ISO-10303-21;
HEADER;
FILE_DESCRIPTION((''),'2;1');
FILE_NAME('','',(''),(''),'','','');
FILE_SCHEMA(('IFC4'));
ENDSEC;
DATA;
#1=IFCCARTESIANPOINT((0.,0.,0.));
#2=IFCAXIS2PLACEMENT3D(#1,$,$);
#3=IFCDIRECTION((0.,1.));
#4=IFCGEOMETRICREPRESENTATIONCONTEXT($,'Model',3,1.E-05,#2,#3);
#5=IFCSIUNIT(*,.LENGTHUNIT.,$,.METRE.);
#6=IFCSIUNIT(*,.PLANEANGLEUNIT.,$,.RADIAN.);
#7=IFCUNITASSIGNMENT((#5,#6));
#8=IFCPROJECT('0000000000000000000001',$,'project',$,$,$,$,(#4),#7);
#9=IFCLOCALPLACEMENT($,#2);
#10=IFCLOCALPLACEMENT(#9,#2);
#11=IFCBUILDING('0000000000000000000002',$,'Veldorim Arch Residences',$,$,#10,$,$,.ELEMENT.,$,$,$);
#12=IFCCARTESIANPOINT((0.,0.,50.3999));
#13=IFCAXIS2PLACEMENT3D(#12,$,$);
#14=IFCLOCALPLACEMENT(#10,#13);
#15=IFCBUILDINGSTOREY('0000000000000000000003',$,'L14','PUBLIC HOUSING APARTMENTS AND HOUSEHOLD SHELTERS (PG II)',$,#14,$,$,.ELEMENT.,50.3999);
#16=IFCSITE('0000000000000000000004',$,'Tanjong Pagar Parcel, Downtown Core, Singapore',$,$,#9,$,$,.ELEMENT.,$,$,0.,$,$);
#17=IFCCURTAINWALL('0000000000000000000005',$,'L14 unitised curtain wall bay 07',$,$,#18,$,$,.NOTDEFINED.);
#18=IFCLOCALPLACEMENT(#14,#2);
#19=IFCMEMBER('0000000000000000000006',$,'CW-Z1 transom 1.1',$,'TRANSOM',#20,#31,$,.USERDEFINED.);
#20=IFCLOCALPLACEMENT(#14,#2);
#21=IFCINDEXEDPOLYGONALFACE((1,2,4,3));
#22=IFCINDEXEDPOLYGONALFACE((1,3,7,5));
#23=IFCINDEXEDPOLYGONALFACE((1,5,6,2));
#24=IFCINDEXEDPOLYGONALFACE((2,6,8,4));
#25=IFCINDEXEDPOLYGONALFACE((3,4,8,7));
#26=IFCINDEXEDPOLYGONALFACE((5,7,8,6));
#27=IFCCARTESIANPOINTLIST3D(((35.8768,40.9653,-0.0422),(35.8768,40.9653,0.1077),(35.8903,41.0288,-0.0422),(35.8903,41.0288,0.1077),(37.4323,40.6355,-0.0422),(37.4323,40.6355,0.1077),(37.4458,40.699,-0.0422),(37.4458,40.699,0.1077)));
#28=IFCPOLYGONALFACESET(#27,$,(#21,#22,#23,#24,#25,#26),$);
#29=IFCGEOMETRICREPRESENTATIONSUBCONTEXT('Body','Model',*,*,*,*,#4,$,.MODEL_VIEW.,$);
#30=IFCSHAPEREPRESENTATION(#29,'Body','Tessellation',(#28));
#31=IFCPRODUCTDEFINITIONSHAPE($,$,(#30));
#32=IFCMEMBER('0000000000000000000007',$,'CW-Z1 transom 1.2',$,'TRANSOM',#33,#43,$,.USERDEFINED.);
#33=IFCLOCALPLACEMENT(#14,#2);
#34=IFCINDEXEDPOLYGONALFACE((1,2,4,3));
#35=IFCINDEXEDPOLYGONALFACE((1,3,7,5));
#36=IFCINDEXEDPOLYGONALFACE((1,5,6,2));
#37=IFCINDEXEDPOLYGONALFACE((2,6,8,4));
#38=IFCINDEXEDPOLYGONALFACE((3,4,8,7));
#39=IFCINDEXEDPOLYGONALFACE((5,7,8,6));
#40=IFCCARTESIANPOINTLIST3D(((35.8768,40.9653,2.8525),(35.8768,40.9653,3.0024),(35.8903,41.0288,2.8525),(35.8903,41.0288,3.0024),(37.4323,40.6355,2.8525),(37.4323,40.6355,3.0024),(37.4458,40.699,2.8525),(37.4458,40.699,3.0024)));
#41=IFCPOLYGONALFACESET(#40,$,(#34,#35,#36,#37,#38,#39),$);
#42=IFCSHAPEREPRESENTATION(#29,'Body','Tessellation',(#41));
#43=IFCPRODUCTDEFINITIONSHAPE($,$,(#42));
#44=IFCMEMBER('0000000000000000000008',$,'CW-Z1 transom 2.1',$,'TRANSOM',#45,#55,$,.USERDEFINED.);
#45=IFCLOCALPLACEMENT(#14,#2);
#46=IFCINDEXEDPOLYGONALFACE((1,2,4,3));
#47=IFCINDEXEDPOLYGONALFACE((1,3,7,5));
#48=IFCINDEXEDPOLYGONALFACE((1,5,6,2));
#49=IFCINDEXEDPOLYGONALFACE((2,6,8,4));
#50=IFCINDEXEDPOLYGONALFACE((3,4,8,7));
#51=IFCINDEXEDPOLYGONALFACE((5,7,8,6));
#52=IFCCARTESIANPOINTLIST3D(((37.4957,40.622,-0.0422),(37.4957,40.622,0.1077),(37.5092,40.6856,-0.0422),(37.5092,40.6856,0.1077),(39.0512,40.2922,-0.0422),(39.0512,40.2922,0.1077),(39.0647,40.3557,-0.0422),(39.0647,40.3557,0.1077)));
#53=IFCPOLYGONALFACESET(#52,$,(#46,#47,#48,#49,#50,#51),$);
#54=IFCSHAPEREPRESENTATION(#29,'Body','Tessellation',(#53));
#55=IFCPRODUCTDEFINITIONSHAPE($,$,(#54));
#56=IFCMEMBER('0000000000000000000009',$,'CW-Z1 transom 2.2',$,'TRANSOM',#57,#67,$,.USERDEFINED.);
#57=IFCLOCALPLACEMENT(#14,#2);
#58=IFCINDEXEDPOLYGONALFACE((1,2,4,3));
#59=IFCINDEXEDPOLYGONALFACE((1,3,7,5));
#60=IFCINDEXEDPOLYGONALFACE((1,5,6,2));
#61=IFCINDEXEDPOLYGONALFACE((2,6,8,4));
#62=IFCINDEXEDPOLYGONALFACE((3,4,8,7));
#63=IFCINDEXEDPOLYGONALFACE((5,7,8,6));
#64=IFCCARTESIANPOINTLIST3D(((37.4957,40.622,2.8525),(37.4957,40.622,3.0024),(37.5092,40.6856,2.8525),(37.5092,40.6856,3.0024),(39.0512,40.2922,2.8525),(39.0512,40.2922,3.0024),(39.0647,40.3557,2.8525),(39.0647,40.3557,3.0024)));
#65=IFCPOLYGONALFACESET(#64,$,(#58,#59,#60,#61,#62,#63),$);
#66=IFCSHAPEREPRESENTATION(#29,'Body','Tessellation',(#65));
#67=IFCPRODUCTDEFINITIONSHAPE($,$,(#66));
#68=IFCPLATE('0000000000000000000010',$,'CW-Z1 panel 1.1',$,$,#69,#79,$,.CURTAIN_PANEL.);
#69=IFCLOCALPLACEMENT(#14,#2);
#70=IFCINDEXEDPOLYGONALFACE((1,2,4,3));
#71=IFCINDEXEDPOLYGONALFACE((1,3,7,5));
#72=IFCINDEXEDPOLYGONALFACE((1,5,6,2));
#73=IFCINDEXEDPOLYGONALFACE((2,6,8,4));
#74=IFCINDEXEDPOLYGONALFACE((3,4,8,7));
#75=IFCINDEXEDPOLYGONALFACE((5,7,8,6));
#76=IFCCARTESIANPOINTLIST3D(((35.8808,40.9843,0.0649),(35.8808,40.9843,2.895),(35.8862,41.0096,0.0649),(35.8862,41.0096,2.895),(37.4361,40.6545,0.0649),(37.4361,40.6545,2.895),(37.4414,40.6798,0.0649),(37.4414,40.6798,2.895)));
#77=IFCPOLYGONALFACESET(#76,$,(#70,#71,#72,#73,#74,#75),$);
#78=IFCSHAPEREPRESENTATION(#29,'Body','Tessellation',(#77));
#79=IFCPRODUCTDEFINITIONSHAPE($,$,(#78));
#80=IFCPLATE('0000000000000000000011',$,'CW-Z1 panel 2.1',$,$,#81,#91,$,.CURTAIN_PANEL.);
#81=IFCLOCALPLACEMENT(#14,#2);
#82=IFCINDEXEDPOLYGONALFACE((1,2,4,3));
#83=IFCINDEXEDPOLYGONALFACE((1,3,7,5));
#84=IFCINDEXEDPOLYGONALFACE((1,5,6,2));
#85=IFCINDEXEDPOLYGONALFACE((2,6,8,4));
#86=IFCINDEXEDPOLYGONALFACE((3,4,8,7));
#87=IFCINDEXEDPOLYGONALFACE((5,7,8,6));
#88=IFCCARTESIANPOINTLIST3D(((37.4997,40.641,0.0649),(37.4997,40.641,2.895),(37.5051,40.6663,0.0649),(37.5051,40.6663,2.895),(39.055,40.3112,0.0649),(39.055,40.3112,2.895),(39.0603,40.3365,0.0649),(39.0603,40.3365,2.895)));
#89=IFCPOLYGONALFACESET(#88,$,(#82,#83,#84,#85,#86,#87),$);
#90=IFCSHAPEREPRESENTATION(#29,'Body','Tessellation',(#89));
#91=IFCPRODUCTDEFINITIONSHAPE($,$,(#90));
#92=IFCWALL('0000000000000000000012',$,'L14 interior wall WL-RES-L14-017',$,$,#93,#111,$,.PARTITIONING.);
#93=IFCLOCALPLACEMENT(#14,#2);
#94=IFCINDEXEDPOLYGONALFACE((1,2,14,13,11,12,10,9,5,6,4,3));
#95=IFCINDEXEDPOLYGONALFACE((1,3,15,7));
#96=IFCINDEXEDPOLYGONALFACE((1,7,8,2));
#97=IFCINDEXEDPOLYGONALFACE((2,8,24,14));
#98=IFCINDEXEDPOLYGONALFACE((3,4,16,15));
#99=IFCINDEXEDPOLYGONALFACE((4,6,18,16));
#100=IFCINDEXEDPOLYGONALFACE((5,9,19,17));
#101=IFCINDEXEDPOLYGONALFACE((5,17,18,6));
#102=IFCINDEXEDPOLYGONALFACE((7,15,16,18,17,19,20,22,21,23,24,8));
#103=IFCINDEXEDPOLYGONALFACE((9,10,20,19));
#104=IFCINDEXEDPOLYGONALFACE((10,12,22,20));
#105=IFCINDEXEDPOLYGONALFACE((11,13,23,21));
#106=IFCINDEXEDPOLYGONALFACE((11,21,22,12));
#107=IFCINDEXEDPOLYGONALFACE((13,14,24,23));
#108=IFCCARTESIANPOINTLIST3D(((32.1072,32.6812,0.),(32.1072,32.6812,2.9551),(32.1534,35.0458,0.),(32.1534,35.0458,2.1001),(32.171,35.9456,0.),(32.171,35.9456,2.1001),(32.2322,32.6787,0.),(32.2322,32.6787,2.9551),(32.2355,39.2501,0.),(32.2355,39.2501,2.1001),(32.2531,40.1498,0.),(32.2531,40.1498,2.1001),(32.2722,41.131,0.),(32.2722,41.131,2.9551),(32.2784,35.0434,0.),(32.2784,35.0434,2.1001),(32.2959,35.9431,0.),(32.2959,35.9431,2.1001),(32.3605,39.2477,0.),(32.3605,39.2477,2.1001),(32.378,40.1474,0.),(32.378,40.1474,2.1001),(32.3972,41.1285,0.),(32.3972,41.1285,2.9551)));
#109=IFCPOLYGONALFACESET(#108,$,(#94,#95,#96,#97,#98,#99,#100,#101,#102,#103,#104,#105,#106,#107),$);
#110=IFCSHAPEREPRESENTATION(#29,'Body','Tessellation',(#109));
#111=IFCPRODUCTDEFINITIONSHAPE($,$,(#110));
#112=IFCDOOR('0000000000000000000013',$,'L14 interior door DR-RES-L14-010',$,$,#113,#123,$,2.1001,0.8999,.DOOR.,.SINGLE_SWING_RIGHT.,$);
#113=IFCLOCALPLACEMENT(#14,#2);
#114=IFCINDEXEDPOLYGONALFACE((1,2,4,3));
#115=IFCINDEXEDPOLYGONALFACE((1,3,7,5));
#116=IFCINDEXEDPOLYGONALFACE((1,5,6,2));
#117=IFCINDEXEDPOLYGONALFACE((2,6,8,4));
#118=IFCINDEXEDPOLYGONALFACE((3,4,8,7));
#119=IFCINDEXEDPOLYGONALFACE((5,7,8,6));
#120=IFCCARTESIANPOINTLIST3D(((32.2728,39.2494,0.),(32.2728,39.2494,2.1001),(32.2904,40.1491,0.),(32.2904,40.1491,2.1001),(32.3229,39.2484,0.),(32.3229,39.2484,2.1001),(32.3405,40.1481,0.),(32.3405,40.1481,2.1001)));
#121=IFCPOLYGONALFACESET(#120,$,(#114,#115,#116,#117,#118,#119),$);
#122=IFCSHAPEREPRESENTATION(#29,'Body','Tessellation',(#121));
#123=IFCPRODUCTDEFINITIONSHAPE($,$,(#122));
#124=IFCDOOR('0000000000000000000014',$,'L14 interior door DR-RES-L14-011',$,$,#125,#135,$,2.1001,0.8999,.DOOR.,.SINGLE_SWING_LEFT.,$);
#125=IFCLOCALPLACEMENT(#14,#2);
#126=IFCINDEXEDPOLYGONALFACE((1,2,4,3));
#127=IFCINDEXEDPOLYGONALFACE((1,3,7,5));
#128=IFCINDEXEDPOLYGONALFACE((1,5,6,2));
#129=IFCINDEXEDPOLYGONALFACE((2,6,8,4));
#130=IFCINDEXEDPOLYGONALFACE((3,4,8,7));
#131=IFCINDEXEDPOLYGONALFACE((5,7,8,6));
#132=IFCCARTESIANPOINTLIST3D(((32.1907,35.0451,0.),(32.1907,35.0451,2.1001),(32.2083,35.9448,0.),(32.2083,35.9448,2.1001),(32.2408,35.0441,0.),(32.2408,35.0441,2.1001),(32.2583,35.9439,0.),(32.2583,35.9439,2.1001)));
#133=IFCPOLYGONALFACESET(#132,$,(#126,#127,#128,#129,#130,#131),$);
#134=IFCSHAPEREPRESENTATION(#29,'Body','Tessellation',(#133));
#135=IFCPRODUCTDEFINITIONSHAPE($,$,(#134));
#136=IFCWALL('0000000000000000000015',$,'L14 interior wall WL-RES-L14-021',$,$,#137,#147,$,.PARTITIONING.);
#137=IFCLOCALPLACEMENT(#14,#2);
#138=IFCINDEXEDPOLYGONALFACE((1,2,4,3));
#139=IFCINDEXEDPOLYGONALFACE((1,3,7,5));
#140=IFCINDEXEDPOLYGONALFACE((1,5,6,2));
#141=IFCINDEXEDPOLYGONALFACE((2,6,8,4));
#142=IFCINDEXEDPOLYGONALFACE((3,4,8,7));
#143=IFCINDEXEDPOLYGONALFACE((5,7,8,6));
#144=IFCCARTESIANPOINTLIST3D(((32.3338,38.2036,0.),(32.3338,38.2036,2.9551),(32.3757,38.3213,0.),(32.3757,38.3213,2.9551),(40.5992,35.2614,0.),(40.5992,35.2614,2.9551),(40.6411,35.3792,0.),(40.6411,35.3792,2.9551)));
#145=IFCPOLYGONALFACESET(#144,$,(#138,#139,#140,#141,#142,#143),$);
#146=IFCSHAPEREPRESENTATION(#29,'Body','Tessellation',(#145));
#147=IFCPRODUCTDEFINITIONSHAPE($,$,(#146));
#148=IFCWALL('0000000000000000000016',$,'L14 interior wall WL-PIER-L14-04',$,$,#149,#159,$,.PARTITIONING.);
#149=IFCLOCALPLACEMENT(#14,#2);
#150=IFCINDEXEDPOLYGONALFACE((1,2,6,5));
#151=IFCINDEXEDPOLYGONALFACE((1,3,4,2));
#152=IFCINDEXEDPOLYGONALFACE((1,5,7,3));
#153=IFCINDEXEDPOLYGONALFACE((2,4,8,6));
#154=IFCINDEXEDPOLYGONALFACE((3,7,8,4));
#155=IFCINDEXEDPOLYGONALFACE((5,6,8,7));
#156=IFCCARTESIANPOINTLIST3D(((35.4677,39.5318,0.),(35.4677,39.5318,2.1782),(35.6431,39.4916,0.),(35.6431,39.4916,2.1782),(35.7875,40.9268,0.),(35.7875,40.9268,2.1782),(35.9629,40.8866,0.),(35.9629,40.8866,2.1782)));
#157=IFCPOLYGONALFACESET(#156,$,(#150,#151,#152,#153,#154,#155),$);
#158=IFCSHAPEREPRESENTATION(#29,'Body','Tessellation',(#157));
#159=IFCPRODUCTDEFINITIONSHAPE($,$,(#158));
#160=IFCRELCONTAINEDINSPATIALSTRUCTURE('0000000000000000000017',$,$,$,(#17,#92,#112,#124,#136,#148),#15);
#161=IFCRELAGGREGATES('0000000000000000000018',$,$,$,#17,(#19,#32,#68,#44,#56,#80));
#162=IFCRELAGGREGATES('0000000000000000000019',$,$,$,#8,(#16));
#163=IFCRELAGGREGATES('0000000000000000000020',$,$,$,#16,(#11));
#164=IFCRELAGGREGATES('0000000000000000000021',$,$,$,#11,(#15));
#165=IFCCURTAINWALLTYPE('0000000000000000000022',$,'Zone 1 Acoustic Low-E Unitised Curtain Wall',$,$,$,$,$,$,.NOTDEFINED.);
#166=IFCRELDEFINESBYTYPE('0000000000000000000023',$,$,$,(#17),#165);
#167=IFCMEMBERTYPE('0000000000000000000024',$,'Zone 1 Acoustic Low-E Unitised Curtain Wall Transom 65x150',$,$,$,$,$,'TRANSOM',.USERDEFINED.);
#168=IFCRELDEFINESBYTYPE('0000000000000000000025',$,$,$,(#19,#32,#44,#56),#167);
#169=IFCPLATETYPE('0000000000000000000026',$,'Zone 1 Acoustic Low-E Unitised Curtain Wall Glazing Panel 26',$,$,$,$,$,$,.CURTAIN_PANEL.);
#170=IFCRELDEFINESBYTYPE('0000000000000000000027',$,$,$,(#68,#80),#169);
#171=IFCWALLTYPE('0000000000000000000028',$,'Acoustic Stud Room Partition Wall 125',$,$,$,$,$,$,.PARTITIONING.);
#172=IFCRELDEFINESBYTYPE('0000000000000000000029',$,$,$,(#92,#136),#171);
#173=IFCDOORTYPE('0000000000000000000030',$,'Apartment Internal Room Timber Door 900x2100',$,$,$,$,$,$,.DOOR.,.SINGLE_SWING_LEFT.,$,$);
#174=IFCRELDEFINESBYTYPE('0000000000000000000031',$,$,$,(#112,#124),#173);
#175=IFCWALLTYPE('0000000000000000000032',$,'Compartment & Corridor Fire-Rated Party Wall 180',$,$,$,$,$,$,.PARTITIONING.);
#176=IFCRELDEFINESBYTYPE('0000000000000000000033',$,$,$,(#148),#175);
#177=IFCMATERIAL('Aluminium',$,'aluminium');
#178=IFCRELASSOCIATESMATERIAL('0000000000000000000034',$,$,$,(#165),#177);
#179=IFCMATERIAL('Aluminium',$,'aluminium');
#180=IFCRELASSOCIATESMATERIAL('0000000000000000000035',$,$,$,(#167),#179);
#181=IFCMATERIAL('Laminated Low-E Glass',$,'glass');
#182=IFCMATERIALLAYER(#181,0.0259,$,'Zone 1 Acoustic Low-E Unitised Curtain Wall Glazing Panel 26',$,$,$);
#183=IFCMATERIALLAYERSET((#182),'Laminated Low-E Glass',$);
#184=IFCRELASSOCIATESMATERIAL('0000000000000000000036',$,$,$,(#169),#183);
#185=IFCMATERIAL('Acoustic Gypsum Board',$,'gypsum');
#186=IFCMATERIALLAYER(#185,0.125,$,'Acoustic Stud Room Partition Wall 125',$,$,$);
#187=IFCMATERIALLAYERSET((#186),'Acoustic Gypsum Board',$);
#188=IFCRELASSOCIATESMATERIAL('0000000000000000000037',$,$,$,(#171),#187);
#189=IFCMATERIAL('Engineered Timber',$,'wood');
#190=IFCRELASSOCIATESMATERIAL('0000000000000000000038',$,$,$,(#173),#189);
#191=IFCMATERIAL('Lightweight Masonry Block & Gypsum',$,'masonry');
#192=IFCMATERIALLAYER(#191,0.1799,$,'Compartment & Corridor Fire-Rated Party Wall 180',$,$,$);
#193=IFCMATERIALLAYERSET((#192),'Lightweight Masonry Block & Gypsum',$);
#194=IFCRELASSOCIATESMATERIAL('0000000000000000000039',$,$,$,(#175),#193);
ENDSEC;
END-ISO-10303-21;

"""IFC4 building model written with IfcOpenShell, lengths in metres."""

from ifc_helpers import new_model, si_unit, direction, frame, frame_2d, origin, origin_2d, place, context, subcontext, project, spatial, rectangle, extrude, material, layer, layer_set, material_profile, profile_set, type_object, element, fill, aggregate, save


model = new_model("IFC4")

# Units and contexts
model_context = context("Model", 3, precision=1e-05, world=origin(), true_north=direction((0.0, 1.0)))
body_context = subcontext(model_context, "Body", "Model", "MODEL_VIEW")
ifc_project = project(units=[si_unit("LENGTHUNIT", "METRE"), si_unit("PLANEANGLEUNIT", "RADIAN")], contexts=[model_context])

# Site, building, storey
site_placement = place(None, origin())
site = spatial("IfcSite", under=ifc_project, at=site_placement, Name="Tanjong Pagar Parcel, Downtown Core, Singapore", CompositionType="ELEMENT", RefElevation=0.0)
building_placement = place(site_placement, origin())
building = spatial("IfcBuilding", under=site, at=building_placement, Name="Veldorim Arch Residences", CompositionType="ELEMENT")
storey_placement = place(building_placement, frame((0.0, 0.0, 50.3999)))
storey = spatial("IfcBuildingStorey", under=building, at=storey_placement, Name="L14", Description="PUBLIC HOUSING APARTMENTS AND HOUSEHOLD SHELTERS (PG II)", CompositionType="ELEMENT", Elevation=50.3999)

# Curtain wall, members, plates
ifc_material_1 = material(Name="Aluminium", Category="aluminium")
curtain_wall_type = type_object("IfcCurtainWallType", Name="Zone 1 Acoustic Low-E Unitised Curtain Wall", PredefinedType="NOTDEFINED", material=ifc_material_1)
curtain_wall_placement = place(storey_placement, origin())
curtain_wall = element("IfcCurtainWall", 1, at=curtain_wall_placement, inside=storey, type_object=curtain_wall_type, Name="L14 unitised curtain wall bay 07", PredefinedType="NOTDEFINED")
ifc_material_2 = material(Name="Aluminium", Category="aluminium")
ifc_material_profile_1 = material_profile(ifc_material_2, rectangle(XDim=0.0649, YDim=0.1499, at=origin_2d()), Name="ALU_TRN_65x150")
ifc_profile_set_1 = profile_set([ifc_material_profile_1], Name="Aluminium")
member_type_1 = type_object("IfcMemberType", Name="Zone 1 Acoustic Low-E Unitised Curtain Wall Transom 65x150", ElementType="TRANSOM", PredefinedType="USERDEFINED", material=ifc_profile_set_1)
member_1_placement = place(storey_placement, frame((35.8835, 40.9971, 0.0327), z_axis=(0.978247, -0.207442, 0.0), x_axis=(0.207442, 0.978247, 0.0)))
member_1 = element("IfcMember", 2, at=member_1_placement, type_object=member_type_1, Name="CW-Z1 transom 1.1", ObjectType="TRANSOM", PredefinedType="USERDEFINED", context=body_context, shape_type="SweptSolid", body=[
    extrude(rectangle(XDim=0.0649, YDim=0.1499, at=origin_2d()), origin(), (0.0, 0.0, 1.0), 1.5901),
])
member_2_placement = place(storey_placement, frame((35.8835, 40.9971, 2.9275), z_axis=(0.978247, -0.207442, 0.0), x_axis=(0.207442, 0.978247, 0.0)))
member_2 = element("IfcMember", 3, at=member_2_placement, type_object=member_type_1, Name="CW-Z1 transom 1.2", ObjectType="TRANSOM", PredefinedType="USERDEFINED", context=body_context, shape_type="SweptSolid", body=[
    extrude(rectangle(XDim=0.0649, YDim=0.1499, at=origin_2d()), origin(), (0.0, 0.0, 1.0), 1.5901),
])
member_3_placement = place(storey_placement, frame((37.5024, 40.6538, 0.0327), z_axis=(0.978247, -0.207442, 0.0), x_axis=(0.207442, 0.978247, 0.0)))
member_3 = element("IfcMember", 4, at=member_3_placement, type_object=member_type_1, Name="CW-Z1 transom 2.1", ObjectType="TRANSOM", PredefinedType="USERDEFINED", context=body_context, shape_type="SweptSolid", body=[
    extrude(rectangle(XDim=0.0649, YDim=0.1499, at=origin_2d()), origin(), (0.0, 0.0, 1.0), 1.5901),
])
member_4_placement = place(storey_placement, frame((37.5024, 40.6538, 2.9275), z_axis=(0.978247, -0.207442, 0.0), x_axis=(0.207442, 0.978247, 0.0)))
member_4 = element("IfcMember", 5, at=member_4_placement, type_object=member_type_1, Name="CW-Z1 transom 2.2", ObjectType="TRANSOM", PredefinedType="USERDEFINED", context=body_context, shape_type="SweptSolid", body=[
    extrude(rectangle(XDim=0.0649, YDim=0.1499, at=origin_2d()), origin(), (0.0, 0.0, 1.0), 1.5901),
])
ifc_material_3 = material(Name="Laminated Low-E Glass", Category="glass")
ifc_layer_1 = layer(ifc_material_3, 0.0259, Name="Zone 1 Acoustic Low-E Unitised Curtain Wall Glazing Panel 26")
ifc_layer_set_1 = layer_set([ifc_layer_1], Name="Laminated Low-E Glass")
plate_type = type_object("IfcPlateType", Name="Zone 1 Acoustic Low-E Unitised Curtain Wall Glazing Panel 26", PredefinedType="CURTAIN_PANEL", material=ifc_layer_set_1)
plate_1_placement = place(storey_placement, frame((36.6611, 40.832, 0.0649), z_axis=(0.0, 0.0, 1.0), x_axis=(0.978247, -0.207442, 0.0)))
plate_1 = element("IfcPlate", 6, at=plate_1_placement, type_object=plate_type, Name="CW-Z1 panel 1.1", PredefinedType="CURTAIN_PANEL", context=body_context, shape_type="SweptSolid", body=[
    extrude(rectangle(XDim=1.5898, YDim=0.0259, at=origin_2d()), origin(), (0.0, 0.0, 1.0), 2.8301),
])
plate_2_placement = place(storey_placement, frame((38.28, 40.4888, 0.0649), z_axis=(0.0, 0.0, 1.0), x_axis=(0.978247, -0.207442, 0.0)))
plate_2 = element("IfcPlate", 7, at=plate_2_placement, type_object=plate_type, Name="CW-Z1 panel 2.1", PredefinedType="CURTAIN_PANEL", context=body_context, shape_type="SweptSolid", body=[
    extrude(rectangle(XDim=1.5898, YDim=0.0259, at=origin_2d()), origin(), (0.0, 0.0, 1.0), 2.8301),
])
aggregate(curtain_wall, [member_1, member_2, plate_1, member_3, member_4, plate_2])

# Wall, openings, doors
ifc_material_4 = material(Name="Acoustic Gypsum Board", Category="gypsum")
ifc_layer_2 = layer(ifc_material_4, 0.125, Name="Acoustic Stud Room Partition Wall 125")
ifc_layer_set_2 = layer_set([ifc_layer_2], Name="Acoustic Gypsum Board")
wall_type_1 = type_object("IfcWallType", Name="Acoustic Stud Room Partition Wall 125", PredefinedType="PARTITIONING", material=ifc_layer_set_2)
wall_1_placement = place(storey_placement, frame((32.3347, 41.1296, 0.0), z_axis=(0.0, 0.0, 1.0), x_axis=(-0.019528, -0.999809, 0.0)))
wall_1 = element("IfcWall", 8, at=wall_1_placement, inside=storey, type_object=wall_type_1, Name="L14 interior wall WL-RES-L14-017", PredefinedType="PARTITIONING", context=body_context, shape_type="SweptSolid", body=[
    extrude(rectangle(XDim=8.4514, YDim=0.125, at=frame_2d((4.2256, 0.0))), origin(), (0.0, 0.0, 1.0), 2.9551),
])
opening_1_placement = place(wall_1_placement, frame((0.9812, 0.0, 0.0)))
opening_1 = element("IfcOpeningElement", 9, at=opening_1_placement, cuts=wall_1, PredefinedType="OPENING", context=body_context, shape_type="SweptSolid", body=[
    extrude(rectangle(XDim=0.8999, YDim=2.1001, at=frame_2d((0.45, 1.05))), frame((0.0, 0.0725, 0.0), z_axis=(0.0, -1.0, 0.0), x_axis=(1.0, 0.0, 0.0)), (0.0, 0.0, 1.0), 0.145),
])
opening_2_placement = place(wall_1_placement, frame((5.1863, 0.0, 0.0)))
opening_2 = element("IfcOpeningElement", 10, at=opening_2_placement, cuts=wall_1, PredefinedType="OPENING", context=body_context, shape_type="SweptSolid", body=[
    extrude(rectangle(XDim=0.8999, YDim=2.1001, at=frame_2d((0.45, 1.05))), frame((0.0, 0.0725, 0.0), z_axis=(0.0, -1.0, 0.0), x_axis=(1.0, 0.0, 0.0)), (0.0, 0.0, 1.0), 0.145),
])
ifc_material_5 = material(Name="Engineered Timber", Category="wood")
door_type = type_object("IfcDoorType", Name="Apartment Internal Room Timber Door 900x2100", OperationType="SINGLE_SWING_LEFT", PredefinedType="DOOR", material=ifc_material_5)
door_1_placement = place(opening_1_placement, origin())
door_1 = element("IfcDoor", 11, at=door_1_placement, inside=storey, type_object=door_type, Name="L14 interior door DR-RES-L14-010", OperationType="SINGLE_SWING_RIGHT", OverallHeight=2.1001, OverallWidth=0.8999, PredefinedType="DOOR", context=body_context, shape_type="SweptSolid", body=[
    extrude(rectangle(XDim=0.8999, YDim=2.1001, at=frame_2d((0.45, 1.05))), frame((0.0, 0.0249, 0.0), z_axis=(0.0, -1.0, 0.0), x_axis=(1.0, 0.0, 0.0)), (0.0, 0.0, 1.0), 0.05),
])
fill(opening_1, door_1)
door_2_placement = place(opening_2_placement, origin())
door_2 = element("IfcDoor", 12, at=door_2_placement, inside=storey, type_object=door_type, Name="L14 interior door DR-RES-L14-011", OperationType="SINGLE_SWING_LEFT", OverallHeight=2.1001, OverallWidth=0.8999, PredefinedType="DOOR", context=body_context, shape_type="SweptSolid", body=[
    extrude(rectangle(XDim=0.8999, YDim=2.1001, at=frame_2d((0.45, 1.05))), frame((0.0, 0.0249, 0.0), z_axis=(0.0, -1.0, 0.0), x_axis=(1.0, 0.0, 0.0)), (0.0, 0.0, 1.0), 0.05),
])
fill(opening_2, door_2)

# Walls
wall_2_placement = place(storey_placement, frame((40.6201, 35.3203, 0.0), z_axis=(0.0, 0.0, 1.0), x_axis=(-0.942095, 0.335347, 0.0)))
element("IfcWall", 13, at=wall_2_placement, inside=storey, type_object=wall_type_1, Name="L14 interior wall WL-RES-L14-021", PredefinedType="PARTITIONING", context=body_context, shape_type="SweptSolid", body=[
    extrude(rectangle(XDim=8.7734, YDim=0.125, at=frame_2d((4.3867, 0.0))), origin(), (0.0, 0.0, 1.0), 2.9551),
])
ifc_material_6 = material(Name="Lightweight Masonry Block & Gypsum", Category="masonry")
ifc_layer_3 = layer(ifc_material_6, 0.1799, Name="Compartment & Corridor Fire-Rated Party Wall 180")
ifc_layer_set_3 = layer_set([ifc_layer_3], Name="Lightweight Masonry Block & Gypsum")
wall_type_2 = type_object("IfcWallType", Name="Compartment & Corridor Fire-Rated Party Wall 180", PredefinedType="PARTITIONING", material=ifc_layer_set_3)
wall_3_placement = place(storey_placement, frame((35.5554, 39.5117, 0.0), z_axis=(0.0, 0.0, 1.0), x_axis=(0.223464, 0.974712, 0.0)))
element("IfcWall", 14, at=wall_3_placement, inside=storey, type_object=wall_type_2, Name="L14 interior wall WL-PIER-L14-04", PredefinedType="PARTITIONING", context=body_context, shape_type="SweptSolid", body=[
    extrude(rectangle(XDim=1.4312, YDim=0.1799, at=frame_2d((0.7156, 0.0))), origin(), (0.0, 0.0, 1.0), 2.1782),
])

save(model, "model.ifc")
